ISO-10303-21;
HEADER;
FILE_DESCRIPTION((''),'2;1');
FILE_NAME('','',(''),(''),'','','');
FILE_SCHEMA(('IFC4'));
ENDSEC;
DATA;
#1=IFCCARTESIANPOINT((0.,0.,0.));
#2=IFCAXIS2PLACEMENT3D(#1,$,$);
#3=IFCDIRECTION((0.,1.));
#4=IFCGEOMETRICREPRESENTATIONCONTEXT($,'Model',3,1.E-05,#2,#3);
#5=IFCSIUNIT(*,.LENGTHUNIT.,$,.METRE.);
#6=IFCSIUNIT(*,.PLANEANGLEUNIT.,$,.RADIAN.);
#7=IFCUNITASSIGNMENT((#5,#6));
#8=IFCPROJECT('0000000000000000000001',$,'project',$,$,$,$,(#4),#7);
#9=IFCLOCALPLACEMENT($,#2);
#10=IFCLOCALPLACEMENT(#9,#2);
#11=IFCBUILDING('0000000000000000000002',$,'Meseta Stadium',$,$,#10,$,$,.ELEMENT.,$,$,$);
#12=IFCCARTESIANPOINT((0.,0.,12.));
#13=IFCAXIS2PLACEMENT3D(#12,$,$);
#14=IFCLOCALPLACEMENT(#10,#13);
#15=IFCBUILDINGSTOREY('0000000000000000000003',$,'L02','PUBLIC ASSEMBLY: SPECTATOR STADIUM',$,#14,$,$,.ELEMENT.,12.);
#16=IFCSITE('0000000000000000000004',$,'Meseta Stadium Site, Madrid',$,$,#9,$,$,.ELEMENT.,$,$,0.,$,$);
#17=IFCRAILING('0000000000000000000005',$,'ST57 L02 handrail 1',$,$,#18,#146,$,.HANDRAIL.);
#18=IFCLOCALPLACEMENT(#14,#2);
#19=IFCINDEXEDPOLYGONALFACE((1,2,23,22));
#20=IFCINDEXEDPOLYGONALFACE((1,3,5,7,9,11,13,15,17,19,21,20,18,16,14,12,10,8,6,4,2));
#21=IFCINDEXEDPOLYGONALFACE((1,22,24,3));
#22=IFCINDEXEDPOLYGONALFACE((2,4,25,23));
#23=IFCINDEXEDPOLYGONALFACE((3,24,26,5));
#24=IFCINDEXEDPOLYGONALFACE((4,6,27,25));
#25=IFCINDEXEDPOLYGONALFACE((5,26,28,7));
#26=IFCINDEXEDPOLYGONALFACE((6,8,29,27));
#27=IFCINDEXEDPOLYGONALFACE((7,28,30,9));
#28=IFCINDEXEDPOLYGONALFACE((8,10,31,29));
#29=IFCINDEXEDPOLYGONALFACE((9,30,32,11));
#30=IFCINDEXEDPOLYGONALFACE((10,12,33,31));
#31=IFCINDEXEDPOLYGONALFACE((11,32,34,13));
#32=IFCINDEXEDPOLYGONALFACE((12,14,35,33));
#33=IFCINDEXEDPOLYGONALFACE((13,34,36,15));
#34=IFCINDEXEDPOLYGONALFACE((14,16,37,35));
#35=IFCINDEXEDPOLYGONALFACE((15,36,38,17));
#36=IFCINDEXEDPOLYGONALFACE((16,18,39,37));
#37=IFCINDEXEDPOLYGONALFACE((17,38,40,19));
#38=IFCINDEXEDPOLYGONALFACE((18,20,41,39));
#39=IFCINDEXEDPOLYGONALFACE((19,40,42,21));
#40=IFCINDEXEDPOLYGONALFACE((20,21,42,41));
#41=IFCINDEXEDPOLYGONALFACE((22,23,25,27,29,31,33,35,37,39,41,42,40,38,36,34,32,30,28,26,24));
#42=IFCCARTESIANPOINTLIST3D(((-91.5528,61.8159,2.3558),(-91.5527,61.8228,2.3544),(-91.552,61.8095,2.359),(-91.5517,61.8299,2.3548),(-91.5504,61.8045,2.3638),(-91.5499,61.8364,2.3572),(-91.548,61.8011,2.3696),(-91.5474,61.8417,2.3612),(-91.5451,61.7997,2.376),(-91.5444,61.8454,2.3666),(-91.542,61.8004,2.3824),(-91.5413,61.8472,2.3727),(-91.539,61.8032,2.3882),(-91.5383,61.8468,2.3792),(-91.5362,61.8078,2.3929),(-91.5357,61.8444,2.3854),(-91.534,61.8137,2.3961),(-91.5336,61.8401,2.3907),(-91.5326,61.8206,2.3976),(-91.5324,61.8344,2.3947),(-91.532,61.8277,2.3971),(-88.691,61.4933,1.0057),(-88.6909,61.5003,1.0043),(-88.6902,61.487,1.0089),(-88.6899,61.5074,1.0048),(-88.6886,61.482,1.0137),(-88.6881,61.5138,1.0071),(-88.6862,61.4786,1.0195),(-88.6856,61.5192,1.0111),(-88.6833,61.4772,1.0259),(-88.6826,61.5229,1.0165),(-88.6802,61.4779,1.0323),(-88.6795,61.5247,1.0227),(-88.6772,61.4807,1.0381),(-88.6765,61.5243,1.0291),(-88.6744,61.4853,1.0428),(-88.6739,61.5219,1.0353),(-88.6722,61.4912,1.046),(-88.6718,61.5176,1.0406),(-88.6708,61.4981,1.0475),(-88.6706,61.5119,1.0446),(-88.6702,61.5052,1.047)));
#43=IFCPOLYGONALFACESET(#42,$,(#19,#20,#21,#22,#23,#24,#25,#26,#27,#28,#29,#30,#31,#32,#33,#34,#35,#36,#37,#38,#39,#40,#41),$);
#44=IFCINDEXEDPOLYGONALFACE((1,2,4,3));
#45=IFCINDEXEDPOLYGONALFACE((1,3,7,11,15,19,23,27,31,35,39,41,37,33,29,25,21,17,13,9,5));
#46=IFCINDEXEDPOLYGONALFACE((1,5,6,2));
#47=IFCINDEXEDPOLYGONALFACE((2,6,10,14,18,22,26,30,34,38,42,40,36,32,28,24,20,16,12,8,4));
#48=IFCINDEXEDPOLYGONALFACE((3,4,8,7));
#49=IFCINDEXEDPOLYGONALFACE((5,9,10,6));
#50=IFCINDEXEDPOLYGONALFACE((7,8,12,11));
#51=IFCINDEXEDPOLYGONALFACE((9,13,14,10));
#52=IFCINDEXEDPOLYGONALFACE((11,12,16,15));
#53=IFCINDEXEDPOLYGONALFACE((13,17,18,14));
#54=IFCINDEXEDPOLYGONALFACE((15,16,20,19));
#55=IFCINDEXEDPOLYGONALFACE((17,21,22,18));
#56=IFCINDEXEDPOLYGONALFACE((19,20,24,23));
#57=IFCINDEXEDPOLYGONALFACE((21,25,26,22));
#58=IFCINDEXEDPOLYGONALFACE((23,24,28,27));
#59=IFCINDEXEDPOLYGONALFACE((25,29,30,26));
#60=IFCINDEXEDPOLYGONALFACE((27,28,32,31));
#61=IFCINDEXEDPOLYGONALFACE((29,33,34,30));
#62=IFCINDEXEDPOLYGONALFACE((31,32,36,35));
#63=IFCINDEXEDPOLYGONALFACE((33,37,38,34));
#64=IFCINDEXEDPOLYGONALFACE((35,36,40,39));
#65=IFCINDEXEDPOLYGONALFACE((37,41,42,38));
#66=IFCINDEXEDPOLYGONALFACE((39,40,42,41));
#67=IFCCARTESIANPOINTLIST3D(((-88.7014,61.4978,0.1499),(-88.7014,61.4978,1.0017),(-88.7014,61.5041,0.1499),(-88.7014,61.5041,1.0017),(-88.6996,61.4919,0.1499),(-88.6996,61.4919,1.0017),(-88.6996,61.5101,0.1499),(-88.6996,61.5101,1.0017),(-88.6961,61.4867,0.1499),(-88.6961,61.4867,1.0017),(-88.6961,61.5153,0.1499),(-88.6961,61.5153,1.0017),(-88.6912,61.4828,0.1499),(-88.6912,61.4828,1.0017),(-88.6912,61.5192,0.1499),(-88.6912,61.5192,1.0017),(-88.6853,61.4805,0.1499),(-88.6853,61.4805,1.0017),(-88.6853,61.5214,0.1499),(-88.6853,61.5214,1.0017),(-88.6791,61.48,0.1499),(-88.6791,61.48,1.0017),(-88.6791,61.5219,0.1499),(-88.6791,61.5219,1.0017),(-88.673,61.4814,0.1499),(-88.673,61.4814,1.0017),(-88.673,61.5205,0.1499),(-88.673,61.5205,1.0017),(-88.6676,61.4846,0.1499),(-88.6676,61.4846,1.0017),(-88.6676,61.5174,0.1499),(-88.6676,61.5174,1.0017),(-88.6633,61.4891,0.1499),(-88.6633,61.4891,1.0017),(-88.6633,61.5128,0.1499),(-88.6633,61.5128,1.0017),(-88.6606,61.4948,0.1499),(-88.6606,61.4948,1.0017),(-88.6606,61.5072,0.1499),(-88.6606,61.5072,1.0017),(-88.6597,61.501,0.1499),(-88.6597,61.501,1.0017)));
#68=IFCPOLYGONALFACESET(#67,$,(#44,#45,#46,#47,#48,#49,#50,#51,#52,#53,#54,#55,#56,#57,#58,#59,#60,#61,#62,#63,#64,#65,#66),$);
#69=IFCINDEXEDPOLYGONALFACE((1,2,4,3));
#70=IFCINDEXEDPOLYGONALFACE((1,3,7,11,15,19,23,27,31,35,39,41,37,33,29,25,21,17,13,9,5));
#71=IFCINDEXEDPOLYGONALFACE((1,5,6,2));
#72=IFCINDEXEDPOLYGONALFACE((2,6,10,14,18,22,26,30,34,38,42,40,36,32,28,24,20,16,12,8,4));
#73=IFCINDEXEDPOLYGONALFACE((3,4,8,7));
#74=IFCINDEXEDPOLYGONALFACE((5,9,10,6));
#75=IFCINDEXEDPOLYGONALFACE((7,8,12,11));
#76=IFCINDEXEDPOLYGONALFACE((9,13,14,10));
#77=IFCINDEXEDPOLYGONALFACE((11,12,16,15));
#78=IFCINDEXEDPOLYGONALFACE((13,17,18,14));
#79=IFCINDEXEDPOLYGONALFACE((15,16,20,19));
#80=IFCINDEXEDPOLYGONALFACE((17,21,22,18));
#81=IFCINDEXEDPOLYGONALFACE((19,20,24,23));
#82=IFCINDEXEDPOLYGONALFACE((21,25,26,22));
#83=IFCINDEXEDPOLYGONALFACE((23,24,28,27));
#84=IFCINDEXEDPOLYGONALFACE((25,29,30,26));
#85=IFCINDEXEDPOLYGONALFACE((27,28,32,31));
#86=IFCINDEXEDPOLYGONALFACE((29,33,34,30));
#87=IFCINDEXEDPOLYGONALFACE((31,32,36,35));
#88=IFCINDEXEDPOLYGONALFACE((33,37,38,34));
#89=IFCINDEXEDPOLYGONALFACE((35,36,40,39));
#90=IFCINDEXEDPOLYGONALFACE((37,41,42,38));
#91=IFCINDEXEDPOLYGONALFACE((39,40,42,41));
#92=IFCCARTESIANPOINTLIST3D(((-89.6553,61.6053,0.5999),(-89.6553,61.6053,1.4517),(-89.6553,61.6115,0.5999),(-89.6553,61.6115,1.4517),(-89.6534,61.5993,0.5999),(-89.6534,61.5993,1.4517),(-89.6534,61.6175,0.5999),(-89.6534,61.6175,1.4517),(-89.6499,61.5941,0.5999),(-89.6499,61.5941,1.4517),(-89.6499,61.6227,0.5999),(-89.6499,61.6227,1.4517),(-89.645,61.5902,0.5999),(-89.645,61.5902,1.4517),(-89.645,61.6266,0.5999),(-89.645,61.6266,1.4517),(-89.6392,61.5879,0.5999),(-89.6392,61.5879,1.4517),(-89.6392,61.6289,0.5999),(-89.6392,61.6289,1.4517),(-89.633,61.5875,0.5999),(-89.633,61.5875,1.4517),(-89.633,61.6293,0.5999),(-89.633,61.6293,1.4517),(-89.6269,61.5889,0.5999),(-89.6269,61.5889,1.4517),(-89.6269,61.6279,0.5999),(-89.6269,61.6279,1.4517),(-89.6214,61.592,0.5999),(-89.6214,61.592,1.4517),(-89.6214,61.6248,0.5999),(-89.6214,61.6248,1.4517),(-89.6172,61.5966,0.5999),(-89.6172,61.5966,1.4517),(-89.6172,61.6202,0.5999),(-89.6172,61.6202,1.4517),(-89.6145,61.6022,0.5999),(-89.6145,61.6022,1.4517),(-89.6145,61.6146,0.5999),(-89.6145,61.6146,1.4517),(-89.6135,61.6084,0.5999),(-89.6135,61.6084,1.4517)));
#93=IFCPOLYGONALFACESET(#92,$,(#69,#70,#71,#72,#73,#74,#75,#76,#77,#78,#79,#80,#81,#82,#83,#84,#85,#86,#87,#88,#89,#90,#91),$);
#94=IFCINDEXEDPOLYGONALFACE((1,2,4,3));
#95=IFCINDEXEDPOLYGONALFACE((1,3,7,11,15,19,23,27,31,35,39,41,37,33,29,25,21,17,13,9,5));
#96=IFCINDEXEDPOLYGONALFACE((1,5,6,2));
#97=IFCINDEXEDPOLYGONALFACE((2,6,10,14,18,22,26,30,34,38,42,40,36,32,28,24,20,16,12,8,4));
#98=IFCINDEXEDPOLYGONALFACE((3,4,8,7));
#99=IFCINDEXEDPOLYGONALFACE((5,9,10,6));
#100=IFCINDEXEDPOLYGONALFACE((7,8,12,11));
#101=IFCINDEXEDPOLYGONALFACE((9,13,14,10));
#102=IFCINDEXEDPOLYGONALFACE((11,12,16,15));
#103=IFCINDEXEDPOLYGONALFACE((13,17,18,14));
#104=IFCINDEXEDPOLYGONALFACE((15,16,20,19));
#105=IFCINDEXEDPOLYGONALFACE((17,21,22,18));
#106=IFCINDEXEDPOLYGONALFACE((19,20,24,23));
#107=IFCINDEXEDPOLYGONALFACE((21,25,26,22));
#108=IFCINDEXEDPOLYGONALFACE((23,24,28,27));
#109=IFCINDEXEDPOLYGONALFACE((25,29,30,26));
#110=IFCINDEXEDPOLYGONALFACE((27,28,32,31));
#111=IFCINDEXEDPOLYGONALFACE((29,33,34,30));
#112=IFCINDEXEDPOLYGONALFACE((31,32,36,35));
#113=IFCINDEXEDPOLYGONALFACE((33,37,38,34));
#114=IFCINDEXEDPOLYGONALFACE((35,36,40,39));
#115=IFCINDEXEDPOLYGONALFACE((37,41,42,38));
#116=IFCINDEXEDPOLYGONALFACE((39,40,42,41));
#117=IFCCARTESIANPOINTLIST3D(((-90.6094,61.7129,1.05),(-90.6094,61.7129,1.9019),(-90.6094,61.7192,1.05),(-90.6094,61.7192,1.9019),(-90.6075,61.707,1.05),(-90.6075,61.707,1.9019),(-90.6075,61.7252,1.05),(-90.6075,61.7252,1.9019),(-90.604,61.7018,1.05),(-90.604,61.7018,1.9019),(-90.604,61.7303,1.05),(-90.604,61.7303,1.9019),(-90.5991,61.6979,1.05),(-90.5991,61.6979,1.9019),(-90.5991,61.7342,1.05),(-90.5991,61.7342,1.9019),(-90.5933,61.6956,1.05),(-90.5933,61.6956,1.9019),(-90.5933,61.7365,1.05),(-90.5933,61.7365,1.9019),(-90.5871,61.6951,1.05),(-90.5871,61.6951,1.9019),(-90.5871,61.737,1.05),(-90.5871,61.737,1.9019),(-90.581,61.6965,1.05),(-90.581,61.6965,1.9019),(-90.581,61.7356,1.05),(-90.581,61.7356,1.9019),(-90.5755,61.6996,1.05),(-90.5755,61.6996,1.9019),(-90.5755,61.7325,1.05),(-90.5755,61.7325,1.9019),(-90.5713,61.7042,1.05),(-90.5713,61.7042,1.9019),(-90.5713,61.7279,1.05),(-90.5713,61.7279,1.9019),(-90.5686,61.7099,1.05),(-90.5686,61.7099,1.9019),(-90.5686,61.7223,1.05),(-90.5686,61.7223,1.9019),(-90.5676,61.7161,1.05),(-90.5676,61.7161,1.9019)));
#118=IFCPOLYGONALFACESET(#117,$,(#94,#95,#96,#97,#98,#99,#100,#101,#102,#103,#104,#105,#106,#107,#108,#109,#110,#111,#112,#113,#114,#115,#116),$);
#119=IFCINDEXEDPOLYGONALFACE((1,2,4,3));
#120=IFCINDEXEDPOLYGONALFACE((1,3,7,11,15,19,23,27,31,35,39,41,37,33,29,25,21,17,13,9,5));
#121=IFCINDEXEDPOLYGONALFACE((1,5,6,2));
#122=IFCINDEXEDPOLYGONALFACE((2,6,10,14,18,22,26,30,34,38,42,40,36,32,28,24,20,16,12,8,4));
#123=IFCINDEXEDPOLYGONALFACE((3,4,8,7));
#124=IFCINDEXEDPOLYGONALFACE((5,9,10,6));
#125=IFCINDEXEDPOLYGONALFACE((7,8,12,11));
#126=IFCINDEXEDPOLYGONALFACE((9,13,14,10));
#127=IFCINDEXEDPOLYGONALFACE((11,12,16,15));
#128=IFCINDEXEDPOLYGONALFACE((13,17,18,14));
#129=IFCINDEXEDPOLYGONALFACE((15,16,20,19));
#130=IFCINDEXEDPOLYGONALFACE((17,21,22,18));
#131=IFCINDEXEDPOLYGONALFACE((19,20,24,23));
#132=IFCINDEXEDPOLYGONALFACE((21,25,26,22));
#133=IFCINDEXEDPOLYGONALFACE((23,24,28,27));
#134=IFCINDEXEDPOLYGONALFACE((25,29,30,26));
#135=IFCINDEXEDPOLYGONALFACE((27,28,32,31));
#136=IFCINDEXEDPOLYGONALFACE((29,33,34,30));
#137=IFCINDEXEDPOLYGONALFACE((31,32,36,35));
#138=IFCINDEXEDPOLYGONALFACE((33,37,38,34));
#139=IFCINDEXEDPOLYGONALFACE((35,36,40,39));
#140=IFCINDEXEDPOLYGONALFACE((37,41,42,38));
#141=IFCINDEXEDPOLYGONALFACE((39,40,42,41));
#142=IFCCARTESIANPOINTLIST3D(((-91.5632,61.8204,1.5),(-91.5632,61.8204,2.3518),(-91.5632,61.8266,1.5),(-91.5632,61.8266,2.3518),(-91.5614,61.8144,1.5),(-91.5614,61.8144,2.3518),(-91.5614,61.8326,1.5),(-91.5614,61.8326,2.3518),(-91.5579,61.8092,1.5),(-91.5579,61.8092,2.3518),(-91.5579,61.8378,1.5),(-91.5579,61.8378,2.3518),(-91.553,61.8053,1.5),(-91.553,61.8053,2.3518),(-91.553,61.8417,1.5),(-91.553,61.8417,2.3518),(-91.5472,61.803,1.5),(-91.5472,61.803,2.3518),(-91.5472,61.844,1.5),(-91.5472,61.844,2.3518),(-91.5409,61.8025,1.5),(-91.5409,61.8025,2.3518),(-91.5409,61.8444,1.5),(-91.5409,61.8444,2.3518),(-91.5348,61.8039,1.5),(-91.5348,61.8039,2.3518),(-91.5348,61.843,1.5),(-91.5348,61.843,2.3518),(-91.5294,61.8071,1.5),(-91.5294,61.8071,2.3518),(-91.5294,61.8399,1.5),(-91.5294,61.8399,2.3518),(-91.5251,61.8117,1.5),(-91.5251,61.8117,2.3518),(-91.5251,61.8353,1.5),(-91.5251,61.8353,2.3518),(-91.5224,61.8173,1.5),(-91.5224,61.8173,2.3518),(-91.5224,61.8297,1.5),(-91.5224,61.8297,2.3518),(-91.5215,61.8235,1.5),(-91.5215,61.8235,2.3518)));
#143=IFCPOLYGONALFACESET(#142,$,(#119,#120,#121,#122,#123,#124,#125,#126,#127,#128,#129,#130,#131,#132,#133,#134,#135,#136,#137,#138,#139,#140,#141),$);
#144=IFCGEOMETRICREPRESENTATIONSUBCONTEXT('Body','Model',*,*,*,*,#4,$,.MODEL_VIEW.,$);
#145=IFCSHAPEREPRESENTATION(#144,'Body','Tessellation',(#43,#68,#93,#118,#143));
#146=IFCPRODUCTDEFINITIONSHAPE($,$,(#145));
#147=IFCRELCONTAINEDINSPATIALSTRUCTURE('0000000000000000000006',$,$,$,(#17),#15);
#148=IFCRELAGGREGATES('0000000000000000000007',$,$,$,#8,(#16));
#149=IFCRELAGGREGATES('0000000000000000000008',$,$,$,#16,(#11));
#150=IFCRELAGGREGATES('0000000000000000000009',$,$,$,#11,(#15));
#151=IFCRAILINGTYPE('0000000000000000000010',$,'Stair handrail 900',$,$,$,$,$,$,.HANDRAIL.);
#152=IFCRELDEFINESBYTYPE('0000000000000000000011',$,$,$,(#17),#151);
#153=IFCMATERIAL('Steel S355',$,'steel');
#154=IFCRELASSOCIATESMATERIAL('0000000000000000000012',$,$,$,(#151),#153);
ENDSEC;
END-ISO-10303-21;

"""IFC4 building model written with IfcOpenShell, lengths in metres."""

from ifc_helpers import new_model, si_unit, direction, frame, origin, origin_2d, place, context, subcontext, project, spatial, circle, extrude, material, type_object, element, save


model = new_model("IFC4")

# Units and contexts
model_context = context("Model", 3, precision=1e-05, world=origin(), true_north=direction((0.0, 1.0)))
body_context = subcontext(model_context, "Body", "Model", "MODEL_VIEW")
ifc_project = project(units=[si_unit("LENGTHUNIT", "METRE"), si_unit("PLANEANGLEUNIT", "RADIAN")], contexts=[model_context])

# Site, building, storey
site_placement = place(None, origin())
site = spatial("IfcSite", under=ifc_project, at=site_placement, Name="Meseta Stadium Site, Madrid", CompositionType="ELEMENT", RefElevation=0.0)
building_placement = place(site_placement, origin())
building = spatial("IfcBuilding", under=site, at=building_placement, Name="Meseta Stadium", CompositionType="ELEMENT")
storey_placement = place(building_placement, frame((0.0, 0.0, 12.0)))
storey = spatial("IfcBuildingStorey", under=building, at=storey_placement, Name="L02", Description="PUBLIC ASSEMBLY: SPECTATOR STADIUM", CompositionType="ELEMENT", Elevation=12.0)

# Railing
ifc_material_1 = material(Name="Steel S355", Category="steel")
railing_type_1 = type_object("IfcRailingType", Name="Stair handrail 900", PredefinedType="HANDRAIL", material=ifc_material_1)
for number, where, name in (
    (1, (-88.6807, 61.501, 0.1499), "ST57 L02 handrail 1"),
):
    element("IfcRailing", number, at=place(storey_placement, frame(where)), inside=storey, type_object=railing_type_1, Name=name, PredefinedType="HANDRAIL", context=body_context, shape_type="SweptSolid", body=[
        extrude(circle(Radius=0.0239, at=origin_2d()), frame((0.0, 0.0, 0.876), z_axis=(-0.899748, 0.101396, 0.424467), x_axis=(-0.111985, -0.99371, 0.0)), (0.0, 0.0, 1.0), 3.1807),
        extrude(circle(Radius=0.021, at=origin_2d()), origin(), (0.0, 0.0, 1.0), 0.8518),
        extrude(circle(Radius=0.021, at=origin_2d()), frame((-0.9539, 0.1074, 0.45)), (0.0, 0.0, 1.0), 0.8518),
        extrude(circle(Radius=0.021, at=origin_2d()), frame((-1.908, 0.2151, 0.9001)), (0.0, 0.0, 1.0), 0.8518),
        extrude(circle(Radius=0.021, at=origin_2d()), frame((-2.8618, 0.3225, 1.3501)), (0.0, 0.0, 1.0), 0.8518),
    ])

save(model, "model.ifc")
